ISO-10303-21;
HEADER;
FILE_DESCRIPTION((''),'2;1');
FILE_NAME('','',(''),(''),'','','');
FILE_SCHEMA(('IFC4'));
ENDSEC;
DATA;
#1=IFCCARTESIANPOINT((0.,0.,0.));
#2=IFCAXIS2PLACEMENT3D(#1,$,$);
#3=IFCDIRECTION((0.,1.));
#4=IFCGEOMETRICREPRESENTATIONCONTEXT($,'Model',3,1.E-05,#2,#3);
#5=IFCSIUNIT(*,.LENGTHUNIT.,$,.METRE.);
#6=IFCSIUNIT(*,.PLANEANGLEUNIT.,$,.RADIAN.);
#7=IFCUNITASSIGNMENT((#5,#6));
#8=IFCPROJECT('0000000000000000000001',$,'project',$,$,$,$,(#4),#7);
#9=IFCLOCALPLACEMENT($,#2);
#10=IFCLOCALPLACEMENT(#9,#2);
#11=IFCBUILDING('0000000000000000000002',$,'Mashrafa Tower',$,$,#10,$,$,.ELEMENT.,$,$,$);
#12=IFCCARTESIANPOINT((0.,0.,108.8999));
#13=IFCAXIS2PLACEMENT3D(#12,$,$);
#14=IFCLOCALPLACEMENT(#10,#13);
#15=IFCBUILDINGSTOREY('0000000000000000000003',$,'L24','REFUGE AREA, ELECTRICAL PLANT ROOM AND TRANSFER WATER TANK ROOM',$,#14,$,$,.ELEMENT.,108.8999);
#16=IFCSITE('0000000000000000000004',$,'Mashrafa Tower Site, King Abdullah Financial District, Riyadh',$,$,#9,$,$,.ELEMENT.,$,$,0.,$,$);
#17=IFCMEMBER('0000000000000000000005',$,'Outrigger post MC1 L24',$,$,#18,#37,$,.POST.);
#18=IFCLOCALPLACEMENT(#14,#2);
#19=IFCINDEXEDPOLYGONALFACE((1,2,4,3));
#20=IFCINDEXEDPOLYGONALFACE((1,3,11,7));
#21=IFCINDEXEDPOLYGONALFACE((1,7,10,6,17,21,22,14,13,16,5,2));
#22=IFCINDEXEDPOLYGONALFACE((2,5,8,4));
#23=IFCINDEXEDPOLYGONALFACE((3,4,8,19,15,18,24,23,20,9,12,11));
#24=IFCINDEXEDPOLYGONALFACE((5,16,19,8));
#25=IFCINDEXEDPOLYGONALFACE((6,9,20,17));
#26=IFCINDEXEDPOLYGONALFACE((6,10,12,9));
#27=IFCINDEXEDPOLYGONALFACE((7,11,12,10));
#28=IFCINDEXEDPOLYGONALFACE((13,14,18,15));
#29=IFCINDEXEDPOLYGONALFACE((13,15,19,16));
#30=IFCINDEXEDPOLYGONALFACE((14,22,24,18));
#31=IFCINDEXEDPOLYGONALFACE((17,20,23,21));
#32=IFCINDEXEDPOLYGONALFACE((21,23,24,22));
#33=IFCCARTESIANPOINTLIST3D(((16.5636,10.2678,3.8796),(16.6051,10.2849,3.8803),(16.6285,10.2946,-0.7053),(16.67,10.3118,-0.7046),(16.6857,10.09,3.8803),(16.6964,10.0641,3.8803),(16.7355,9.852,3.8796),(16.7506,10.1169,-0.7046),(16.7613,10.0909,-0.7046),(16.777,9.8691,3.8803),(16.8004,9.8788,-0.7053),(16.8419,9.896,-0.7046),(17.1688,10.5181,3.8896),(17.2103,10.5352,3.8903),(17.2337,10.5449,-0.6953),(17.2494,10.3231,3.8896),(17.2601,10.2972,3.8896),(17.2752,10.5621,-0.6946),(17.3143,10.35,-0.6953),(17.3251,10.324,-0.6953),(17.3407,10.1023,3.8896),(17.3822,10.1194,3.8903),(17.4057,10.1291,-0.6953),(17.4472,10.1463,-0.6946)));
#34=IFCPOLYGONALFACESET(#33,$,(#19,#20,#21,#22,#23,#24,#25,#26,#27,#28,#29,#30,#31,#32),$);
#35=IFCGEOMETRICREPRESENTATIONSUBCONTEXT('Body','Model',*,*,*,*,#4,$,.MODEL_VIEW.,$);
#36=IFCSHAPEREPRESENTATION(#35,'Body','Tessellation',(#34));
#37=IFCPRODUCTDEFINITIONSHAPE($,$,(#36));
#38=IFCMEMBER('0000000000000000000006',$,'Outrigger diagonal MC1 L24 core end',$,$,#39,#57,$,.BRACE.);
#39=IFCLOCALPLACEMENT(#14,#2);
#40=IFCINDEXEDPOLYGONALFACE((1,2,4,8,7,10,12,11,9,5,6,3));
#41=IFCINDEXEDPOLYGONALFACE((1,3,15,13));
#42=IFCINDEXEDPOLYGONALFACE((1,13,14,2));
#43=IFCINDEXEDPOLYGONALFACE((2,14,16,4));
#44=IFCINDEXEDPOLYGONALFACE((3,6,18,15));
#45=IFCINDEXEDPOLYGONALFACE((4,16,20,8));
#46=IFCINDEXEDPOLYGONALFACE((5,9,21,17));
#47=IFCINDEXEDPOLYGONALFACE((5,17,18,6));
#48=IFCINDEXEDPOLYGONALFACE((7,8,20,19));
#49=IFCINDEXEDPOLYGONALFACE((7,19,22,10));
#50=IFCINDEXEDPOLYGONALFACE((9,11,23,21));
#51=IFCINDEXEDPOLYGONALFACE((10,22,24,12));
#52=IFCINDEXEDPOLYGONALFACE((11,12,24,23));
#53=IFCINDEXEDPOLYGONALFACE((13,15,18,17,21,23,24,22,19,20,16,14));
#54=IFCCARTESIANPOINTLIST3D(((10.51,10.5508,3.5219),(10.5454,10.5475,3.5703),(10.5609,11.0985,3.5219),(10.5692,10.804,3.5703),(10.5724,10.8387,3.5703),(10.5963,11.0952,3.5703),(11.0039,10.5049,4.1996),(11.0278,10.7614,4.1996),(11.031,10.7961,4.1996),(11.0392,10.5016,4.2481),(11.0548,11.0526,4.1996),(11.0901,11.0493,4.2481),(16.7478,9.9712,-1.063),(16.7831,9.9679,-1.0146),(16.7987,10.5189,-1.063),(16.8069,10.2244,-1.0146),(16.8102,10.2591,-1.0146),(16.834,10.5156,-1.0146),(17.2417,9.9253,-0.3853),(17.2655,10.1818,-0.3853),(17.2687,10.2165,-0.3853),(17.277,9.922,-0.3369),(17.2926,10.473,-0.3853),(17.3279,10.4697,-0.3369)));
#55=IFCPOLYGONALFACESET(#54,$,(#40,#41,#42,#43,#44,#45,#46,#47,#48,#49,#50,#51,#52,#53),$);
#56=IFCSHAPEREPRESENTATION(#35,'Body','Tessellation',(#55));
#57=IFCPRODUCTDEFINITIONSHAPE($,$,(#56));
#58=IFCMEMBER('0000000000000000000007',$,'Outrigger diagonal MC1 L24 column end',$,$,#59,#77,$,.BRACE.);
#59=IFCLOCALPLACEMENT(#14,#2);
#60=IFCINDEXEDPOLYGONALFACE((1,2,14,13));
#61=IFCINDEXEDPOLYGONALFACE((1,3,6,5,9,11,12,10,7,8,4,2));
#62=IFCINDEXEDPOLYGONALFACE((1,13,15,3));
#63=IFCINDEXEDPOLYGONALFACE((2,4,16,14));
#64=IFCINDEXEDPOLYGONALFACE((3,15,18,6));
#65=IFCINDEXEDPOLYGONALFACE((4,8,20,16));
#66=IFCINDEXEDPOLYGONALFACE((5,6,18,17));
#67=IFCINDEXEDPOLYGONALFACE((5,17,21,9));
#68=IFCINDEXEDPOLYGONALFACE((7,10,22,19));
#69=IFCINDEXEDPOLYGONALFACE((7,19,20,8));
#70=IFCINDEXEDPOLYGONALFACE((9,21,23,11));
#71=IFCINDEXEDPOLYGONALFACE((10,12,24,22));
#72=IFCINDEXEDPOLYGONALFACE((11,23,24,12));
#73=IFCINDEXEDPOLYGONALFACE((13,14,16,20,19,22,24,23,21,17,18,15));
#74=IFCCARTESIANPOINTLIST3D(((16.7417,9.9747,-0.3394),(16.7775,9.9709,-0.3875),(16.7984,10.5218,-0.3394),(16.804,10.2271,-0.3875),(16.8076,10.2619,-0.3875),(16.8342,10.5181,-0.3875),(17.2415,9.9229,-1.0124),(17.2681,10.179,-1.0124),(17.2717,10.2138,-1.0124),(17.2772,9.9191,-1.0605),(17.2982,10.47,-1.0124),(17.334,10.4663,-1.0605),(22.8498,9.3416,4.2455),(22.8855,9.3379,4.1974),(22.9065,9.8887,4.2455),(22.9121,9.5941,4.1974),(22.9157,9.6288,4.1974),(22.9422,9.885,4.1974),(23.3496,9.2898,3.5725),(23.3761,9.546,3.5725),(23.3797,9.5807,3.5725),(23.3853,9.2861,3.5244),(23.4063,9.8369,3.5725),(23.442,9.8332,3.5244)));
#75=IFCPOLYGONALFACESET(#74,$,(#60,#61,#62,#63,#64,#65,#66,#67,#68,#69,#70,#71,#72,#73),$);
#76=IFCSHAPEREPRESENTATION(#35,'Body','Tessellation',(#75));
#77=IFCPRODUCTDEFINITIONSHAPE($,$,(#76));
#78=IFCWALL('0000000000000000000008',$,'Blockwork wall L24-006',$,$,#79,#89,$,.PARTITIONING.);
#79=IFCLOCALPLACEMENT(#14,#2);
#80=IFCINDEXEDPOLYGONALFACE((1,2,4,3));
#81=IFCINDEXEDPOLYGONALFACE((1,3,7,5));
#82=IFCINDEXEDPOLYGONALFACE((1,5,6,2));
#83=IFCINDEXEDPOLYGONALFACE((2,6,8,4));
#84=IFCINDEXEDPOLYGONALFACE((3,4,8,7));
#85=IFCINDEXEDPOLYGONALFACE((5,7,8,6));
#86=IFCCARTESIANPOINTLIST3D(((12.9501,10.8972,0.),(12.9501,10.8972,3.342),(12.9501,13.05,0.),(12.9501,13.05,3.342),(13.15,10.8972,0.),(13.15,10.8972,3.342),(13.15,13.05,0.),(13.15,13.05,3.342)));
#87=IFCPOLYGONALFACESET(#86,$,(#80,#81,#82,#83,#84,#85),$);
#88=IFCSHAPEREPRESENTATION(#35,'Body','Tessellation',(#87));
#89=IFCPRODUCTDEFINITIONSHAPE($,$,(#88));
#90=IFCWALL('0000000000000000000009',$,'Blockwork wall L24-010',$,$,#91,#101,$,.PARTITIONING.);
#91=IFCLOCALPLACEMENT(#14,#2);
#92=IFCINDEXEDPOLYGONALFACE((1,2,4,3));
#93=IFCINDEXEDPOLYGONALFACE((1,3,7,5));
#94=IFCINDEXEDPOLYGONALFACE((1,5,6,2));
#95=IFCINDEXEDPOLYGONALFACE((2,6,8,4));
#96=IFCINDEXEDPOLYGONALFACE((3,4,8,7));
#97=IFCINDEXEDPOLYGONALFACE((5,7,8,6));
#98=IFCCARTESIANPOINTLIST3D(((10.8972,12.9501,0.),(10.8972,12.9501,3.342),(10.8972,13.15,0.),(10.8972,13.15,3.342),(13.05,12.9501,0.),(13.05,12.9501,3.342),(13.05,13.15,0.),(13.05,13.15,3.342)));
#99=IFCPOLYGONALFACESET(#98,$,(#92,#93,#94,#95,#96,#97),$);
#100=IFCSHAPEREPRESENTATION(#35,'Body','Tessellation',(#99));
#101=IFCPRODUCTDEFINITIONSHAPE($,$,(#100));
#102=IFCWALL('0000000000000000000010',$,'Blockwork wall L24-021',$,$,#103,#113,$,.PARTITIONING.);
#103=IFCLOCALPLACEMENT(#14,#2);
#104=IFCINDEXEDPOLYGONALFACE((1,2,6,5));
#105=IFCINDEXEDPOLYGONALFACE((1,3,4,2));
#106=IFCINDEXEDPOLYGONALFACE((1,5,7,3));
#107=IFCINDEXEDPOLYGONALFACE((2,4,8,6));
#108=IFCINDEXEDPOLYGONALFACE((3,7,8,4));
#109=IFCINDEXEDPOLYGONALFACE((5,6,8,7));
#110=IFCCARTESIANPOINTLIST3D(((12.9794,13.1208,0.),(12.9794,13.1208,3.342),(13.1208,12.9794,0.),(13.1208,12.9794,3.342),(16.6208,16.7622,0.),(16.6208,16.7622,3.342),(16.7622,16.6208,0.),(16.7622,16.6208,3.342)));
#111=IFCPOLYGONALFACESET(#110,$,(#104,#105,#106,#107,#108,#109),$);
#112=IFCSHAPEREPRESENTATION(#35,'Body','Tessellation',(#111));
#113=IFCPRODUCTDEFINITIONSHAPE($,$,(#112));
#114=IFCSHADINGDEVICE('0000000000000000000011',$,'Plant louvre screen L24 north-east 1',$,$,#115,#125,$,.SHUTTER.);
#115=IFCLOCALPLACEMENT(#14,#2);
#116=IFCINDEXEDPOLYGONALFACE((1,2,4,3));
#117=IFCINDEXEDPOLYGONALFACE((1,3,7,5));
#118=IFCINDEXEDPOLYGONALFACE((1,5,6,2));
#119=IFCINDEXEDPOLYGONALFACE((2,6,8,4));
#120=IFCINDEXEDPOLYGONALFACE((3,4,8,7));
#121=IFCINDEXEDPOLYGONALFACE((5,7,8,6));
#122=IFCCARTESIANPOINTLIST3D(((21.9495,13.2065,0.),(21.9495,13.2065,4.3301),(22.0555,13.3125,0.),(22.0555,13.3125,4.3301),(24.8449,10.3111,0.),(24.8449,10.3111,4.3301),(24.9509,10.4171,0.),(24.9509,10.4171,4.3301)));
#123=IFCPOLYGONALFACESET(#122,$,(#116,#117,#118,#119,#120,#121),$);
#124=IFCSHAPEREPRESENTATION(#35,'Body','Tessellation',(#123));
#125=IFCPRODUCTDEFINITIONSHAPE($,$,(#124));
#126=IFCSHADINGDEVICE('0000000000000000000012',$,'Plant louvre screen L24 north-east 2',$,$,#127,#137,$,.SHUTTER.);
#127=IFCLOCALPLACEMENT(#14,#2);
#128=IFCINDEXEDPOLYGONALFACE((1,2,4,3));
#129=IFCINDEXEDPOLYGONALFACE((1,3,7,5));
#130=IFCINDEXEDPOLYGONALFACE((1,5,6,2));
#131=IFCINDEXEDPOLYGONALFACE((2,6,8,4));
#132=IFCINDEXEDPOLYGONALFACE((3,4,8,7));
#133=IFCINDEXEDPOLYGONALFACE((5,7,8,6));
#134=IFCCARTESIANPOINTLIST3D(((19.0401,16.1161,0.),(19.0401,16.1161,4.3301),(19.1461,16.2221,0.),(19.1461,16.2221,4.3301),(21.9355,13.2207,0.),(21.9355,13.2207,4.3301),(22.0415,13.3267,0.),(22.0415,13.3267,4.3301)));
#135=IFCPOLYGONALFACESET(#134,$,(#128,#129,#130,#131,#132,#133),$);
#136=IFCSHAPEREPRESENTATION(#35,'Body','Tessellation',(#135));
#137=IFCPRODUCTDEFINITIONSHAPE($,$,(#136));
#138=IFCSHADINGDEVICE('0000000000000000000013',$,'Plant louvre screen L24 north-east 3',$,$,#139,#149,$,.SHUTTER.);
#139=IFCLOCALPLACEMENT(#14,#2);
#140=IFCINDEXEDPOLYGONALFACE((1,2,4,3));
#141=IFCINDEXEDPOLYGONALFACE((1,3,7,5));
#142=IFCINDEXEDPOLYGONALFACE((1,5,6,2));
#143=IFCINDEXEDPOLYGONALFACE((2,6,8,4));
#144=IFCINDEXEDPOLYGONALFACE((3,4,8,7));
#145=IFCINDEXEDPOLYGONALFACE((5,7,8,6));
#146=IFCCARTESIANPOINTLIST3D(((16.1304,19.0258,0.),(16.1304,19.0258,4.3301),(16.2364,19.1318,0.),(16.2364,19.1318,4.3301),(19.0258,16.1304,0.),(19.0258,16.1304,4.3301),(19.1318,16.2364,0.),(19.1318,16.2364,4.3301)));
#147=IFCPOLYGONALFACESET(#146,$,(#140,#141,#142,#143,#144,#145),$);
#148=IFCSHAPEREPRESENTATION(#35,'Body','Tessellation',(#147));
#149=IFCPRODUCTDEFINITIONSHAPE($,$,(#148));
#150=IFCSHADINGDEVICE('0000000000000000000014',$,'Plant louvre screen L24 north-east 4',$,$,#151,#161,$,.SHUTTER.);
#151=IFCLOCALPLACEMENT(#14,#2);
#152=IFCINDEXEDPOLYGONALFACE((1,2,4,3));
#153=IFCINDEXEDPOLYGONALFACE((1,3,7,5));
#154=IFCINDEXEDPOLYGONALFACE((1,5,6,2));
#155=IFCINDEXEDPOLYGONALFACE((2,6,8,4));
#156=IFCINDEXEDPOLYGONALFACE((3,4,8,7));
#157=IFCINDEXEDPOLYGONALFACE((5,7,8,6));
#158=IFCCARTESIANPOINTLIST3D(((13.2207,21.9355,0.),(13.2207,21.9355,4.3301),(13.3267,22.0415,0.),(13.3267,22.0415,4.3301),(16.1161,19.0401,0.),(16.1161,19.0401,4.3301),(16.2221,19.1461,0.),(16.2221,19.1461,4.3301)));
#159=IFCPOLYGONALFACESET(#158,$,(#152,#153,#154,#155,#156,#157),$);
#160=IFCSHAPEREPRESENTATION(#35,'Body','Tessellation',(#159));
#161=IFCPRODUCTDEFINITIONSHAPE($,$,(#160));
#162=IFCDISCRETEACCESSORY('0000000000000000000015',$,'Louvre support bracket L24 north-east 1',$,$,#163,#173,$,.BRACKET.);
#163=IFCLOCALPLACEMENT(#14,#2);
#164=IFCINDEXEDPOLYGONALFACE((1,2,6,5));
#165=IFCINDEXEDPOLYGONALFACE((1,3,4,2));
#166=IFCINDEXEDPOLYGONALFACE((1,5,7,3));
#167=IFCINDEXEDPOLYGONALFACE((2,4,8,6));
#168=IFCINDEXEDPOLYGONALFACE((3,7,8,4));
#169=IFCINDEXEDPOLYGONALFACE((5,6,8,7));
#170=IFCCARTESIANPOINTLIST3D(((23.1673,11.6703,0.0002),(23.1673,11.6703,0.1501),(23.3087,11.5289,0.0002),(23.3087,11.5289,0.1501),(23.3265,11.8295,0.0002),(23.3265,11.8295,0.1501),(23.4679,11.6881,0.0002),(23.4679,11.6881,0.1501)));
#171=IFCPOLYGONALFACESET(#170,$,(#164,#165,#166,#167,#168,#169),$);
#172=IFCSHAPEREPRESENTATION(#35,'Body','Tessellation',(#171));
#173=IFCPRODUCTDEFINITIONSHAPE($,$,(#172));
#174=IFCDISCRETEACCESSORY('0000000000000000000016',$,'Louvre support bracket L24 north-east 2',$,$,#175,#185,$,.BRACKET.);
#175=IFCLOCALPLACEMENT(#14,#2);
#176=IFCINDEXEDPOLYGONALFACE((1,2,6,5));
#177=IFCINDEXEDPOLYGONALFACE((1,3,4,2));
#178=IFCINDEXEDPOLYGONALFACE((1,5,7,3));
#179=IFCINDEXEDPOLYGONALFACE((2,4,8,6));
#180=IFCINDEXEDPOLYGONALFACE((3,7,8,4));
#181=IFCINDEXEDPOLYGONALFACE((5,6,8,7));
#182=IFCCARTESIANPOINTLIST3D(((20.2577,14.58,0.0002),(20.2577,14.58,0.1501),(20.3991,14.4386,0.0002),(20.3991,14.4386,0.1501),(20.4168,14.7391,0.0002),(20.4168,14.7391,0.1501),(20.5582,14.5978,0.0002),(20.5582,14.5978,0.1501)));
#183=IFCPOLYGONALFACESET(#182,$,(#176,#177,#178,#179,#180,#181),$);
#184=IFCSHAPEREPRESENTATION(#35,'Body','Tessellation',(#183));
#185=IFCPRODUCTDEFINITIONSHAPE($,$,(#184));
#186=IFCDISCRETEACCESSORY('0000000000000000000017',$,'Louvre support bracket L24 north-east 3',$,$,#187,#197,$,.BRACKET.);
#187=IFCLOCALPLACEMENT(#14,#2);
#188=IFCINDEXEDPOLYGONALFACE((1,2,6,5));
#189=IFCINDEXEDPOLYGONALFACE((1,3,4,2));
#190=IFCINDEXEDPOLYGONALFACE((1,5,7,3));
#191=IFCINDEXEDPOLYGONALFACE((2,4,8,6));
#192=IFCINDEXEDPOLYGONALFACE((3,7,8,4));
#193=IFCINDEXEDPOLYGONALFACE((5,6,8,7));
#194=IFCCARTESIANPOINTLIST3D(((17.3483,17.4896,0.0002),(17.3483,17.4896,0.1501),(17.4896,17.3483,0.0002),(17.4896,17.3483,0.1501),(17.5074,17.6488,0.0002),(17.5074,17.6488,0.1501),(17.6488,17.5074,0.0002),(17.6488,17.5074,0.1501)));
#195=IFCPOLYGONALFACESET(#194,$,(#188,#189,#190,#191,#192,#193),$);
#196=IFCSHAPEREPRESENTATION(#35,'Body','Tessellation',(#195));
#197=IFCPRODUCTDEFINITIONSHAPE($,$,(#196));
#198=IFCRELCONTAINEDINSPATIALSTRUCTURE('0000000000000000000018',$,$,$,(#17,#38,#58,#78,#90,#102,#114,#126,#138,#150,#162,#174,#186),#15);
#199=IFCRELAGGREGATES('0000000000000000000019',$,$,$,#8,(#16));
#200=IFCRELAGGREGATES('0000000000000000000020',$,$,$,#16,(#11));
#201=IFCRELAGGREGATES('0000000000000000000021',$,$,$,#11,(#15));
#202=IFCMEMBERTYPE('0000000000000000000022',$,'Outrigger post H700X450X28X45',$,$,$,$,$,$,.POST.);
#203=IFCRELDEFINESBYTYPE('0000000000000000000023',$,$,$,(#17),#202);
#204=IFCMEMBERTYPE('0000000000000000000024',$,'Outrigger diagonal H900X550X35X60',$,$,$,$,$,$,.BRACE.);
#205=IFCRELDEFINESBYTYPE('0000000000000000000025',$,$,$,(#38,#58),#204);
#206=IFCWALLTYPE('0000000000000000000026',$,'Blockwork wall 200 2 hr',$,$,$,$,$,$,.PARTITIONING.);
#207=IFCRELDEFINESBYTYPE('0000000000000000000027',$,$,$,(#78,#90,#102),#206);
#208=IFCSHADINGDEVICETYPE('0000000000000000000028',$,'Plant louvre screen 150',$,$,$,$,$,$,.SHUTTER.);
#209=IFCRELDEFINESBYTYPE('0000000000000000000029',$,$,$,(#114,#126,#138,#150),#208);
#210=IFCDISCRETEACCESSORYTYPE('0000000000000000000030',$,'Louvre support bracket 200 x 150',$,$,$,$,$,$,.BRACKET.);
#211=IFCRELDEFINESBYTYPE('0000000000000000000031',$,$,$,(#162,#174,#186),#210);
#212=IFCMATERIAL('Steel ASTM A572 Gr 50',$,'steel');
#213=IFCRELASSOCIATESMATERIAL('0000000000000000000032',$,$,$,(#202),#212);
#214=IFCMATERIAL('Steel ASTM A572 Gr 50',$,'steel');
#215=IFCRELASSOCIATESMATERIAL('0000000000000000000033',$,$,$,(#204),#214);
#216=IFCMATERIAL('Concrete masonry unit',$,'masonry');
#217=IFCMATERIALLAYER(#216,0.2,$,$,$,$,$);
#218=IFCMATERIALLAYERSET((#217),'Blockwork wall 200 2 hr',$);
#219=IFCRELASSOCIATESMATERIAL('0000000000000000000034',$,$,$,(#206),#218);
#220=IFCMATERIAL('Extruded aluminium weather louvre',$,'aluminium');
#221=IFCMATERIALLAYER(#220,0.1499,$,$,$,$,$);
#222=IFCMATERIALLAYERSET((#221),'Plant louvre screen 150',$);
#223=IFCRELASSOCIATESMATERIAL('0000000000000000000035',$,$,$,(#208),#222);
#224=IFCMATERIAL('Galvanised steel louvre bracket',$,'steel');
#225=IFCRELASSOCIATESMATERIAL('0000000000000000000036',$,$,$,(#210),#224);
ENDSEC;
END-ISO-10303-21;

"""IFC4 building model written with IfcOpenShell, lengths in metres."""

from ifc_helpers import new_model, si_unit, direction, frame, frame_2d, origin, origin_2d, place, context, subcontext, project, spatial, rectangle, i_section, extrude, source, transform, mapped, material, layer, layer_set, material_profile, profile_set, type_object, type_shapes, element, save


model = new_model("IFC4")

# Units and contexts
model_context = context("Model", 3, precision=1e-05, world=origin(), true_north=direction((0.0, 1.0)))
body_context = subcontext(model_context, "Body", "Model", "MODEL_VIEW")
ifc_project = project(units=[si_unit("LENGTHUNIT", "METRE"), si_unit("PLANEANGLEUNIT", "RADIAN")], contexts=[model_context])

# Site, building, storey
site_placement = place(None, origin())
site = spatial("IfcSite", under=ifc_project, at=site_placement, Name="Mashrafa Tower Site, King Abdullah Financial District, Riyadh", CompositionType="ELEMENT", RefElevation=0.0)
building_placement = place(site_placement, origin())
building = spatial("IfcBuilding", under=site, at=building_placement, Name="Mashrafa Tower", CompositionType="ELEMENT")
storey_placement = place(building_placement, frame((0.0, 0.0, 108.8999)))
storey = spatial("IfcBuildingStorey", under=building, at=storey_placement, Name="L24", Description="REFUGE AREA, ELECTRICAL PLANT ROOM AND TRANSFER WATER TANK ROOM", CompositionType="ELEMENT", Elevation=108.8999)

# Members
ifc_material_1 = material(Name="Steel ASTM A572 Gr 50", Category="steel")
ifc_material_profile_1 = material_profile(ifc_material_1, i_section(OverallWidth=0.45, OverallDepth=0.7, WebThickness=0.0281, FlangeThickness=0.0449, at=origin_2d()), Name="H700X450X28X45")
ifc_profile_set_1 = profile_set([ifc_material_profile_1], Name="Steel ASTM A572 Gr 50")
member_type_1 = type_object("IfcMemberType", Name="Outrigger post H700X450X28X45", PredefinedType="POST", material=ifc_profile_set_1)
shared_shape_1 = source(origin(), body_context, "Body", "SweptSolid", [
    extrude(i_section(OverallWidth=0.45, OverallDepth=0.7, WebThickness=0.0281, FlangeThickness=0.0449, at=origin_2d()), origin(), (0.0, 0.0, 1.0), 4.5854),
])
type_shapes(member_type_1, [shared_shape_1])
member_1_placement = place(storey_placement, frame((17.0378, 10.2205, -0.7), z_axis=(-0.014162, -0.005857, 0.999883), x_axis=(0.382147, -0.924101, 0.0)))
element("IfcMember", 1, at=member_1_placement, inside=storey, type_object=member_type_1, Name="Outrigger post MC1 L24", PredefinedType="POST", context=body_context, shape_type="MappedRepresentation", body=[
    mapped(shared_shape_1, transform((0.0, 0.0, 0.0))),
])
ifc_material_2 = material(Name="Steel ASTM A572 Gr 50", Category="steel")
ifc_material_profile_2 = material_profile(ifc_material_2, i_section(OverallWidth=0.55, OverallDepth=0.8999, WebThickness=0.0349, FlangeThickness=0.0601, at=origin_2d()), Name="H900X550X35X60")
ifc_profile_set_2 = profile_set([ifc_material_profile_2], Name="Steel ASTM A572 Gr 50")
member_type_2 = type_object("IfcMemberType", Name="Outrigger diagonal H900X550X35X60", PredefinedType="BRACE", material=ifc_profile_set_2)
shared_shape_2 = source(origin(), body_context, "Body", "SweptSolid", [
    extrude(i_section(OverallWidth=0.55, OverallDepth=0.8999, WebThickness=0.0349, FlangeThickness=0.0601, at=origin_2d()), origin(), (0.0, 0.0, 1.0), 7.7632),
])
member_2_placement = place(storey_placement, frame((17.0378, 10.2205, -0.7), z_axis=(-0.803504, 0.074658, 0.590599), x_axis=(-0.092517, -0.995711, 0.0)))
element("IfcMember", 2, at=member_2_placement, inside=storey, type_object=member_type_2, Name="Outrigger diagonal MC1 L24 core end", PredefinedType="BRACE", context=body_context, shape_type="MappedRepresentation", body=[
    mapped(shared_shape_2, transform((0.0, 0.0, 0.0))),
])
shared_shape_3 = source(origin(), body_context, "Body", "SweptSolid", [
    extrude(i_section(OverallWidth=0.55, OverallDepth=0.8999, WebThickness=0.0349, FlangeThickness=0.0601, at=origin_2d()), origin(), (0.0, 0.0, 1.0), 7.6636),
])
type_shapes(member_type_2, [shared_shape_2, shared_shape_3])
member_3_placement = place(storey_placement, frame((17.0378, 10.2205, -0.7), z_axis=(0.797025, -0.082605, 0.598271), x_axis=(0.103089, 0.994672, 0.0)))
element("IfcMember", 3, at=member_3_placement, inside=storey, type_object=member_type_2, Name="Outrigger diagonal MC1 L24 column end", PredefinedType="BRACE", context=body_context, shape_type="MappedRepresentation", body=[
    mapped(shared_shape_3, transform((0.0, 0.0, 0.0))),
])

# Walls
ifc_material_3 = material(Name="Concrete masonry unit", Category="masonry")
ifc_layer_1 = layer(ifc_material_3, 0.2)
ifc_layer_set_1 = layer_set([ifc_layer_1], Name="Blockwork wall 200 2 hr")
wall_type = type_object("IfcWallType", Name="Blockwork wall 200 2 hr", PredefinedType="PARTITIONING", material=ifc_layer_set_1)
for number, where, z_axis, x_axis, name in (
    (4, (13.05, 10.8972, 0.0), (0.0, 0.0, 1.0), (0.0, 1.0, 0.0), "Blockwork wall L24-006"),
    (5, (13.05, 13.05, 0.0), (0.0, 0.0, 1.0), (-1.0, 0.0, 0.0), "Blockwork wall L24-010"),
):
    element("IfcWall", number, at=place(storey_placement, frame(where, z_axis=z_axis, x_axis=x_axis)), inside=storey, type_object=wall_type, Name=name, PredefinedType="PARTITIONING", context=body_context, shape_type="SweptSolid", body=[
        extrude(rectangle(XDim=2.1528, YDim=0.2, at=frame_2d((1.0764, 0.0))), origin(), (0.0, 0.0, 1.0), 3.342),
    ])
wall_placement = place(storey_placement, frame((16.6914, 16.6914, 0.0), z_axis=(0.0, 0.0, 1.0), x_axis=(-0.707107, -0.707107, 0.0)))
element("IfcWall", 6, at=wall_placement, inside=storey, type_object=wall_type, Name="Blockwork wall L24-021", PredefinedType="PARTITIONING", context=body_context, shape_type="SweptSolid", body=[
    extrude(rectangle(XDim=5.1497, YDim=0.2, at=frame_2d((2.5747, 0.0))), origin(), (0.0, 0.0, 1.0), 3.342),
])

# Shading devices
ifc_material_4 = material(Name="Extruded aluminium weather louvre", Category="aluminium")
ifc_layer_2 = layer(ifc_material_4, 0.1499)
ifc_layer_set_2 = layer_set([ifc_layer_2], Name="Plant louvre screen 150")
shading_device_type = type_object("IfcShadingDeviceType", Name="Plant louvre screen 150", PredefinedType="SHUTTER", material=ifc_layer_set_2)
shared_shape_4 = source(origin(), body_context, "Body", "SweptSolid", [
    extrude(rectangle(XDim=4.0947, YDim=0.1499, at=origin_2d()), origin(), (0.0, 0.0, 1.0), 4.3301),
])
type_shapes(shading_device_type, [shared_shape_4])
for number, where, z_axis, x_axis, name in (
    (7, (23.4502, 11.8118, 0.0), (0.0, 0.0, 1.0), (-0.707107, 0.707107, 0.0), "Plant louvre screen L24 north-east 1"),
    (8, (20.5408, 14.7214, 0.0), (0.0, 0.0, 1.0), (-0.707107, 0.707107, 0.0), "Plant louvre screen L24 north-east 2"),
    (9, (17.6311, 17.6311, 0.0), (0.0, 0.0, 1.0), (-0.707107, 0.707107, 0.0), "Plant louvre screen L24 north-east 3"),
    (10, (14.7214, 20.5408, 0.0), (0.0, 0.0, 1.0), (-0.707107, 0.707107, 0.0), "Plant louvre screen L24 north-east 4"),
):
    element("IfcShadingDevice", number, at=place(storey_placement, frame(where, z_axis=z_axis, x_axis=x_axis)), inside=storey, type_object=shading_device_type, Name=name, PredefinedType="SHUTTER", context=body_context, shape_type="MappedRepresentation", body=[
        mapped(shared_shape_4, transform((0.0, 0.0, 0.0))),
    ])

# Discrete accessories
ifc_material_5 = material(Name="Galvanised steel louvre bracket", Category="steel")
discrete_accessory_type = type_object("IfcDiscreteAccessoryType", Name="Louvre support bracket 200 x 150", PredefinedType="BRACKET", material=ifc_material_5)
shared_shape_5 = source(origin(), body_context, "Body", "SweptSolid", [
    extrude(rectangle(XDim=0.2, YDim=0.2251, at=origin_2d()), origin(), (0.0, 0.0, 1.0), 0.1499),
])
type_shapes(discrete_accessory_type, [shared_shape_5])
for number, where, z_axis, x_axis, name in (
    (11, (23.3176, 11.6792, 0.0002), (0.0, 0.0, 1.0), (-0.707107, 0.707107, 0.0), "Louvre support bracket L24 north-east 1"),
    (12, (20.408, 14.5889, 0.0002), (0.0, 0.0, 1.0), (-0.707107, 0.707107, 0.0), "Louvre support bracket L24 north-east 2"),
    (13, (17.4985, 17.4985, 0.0002), (0.0, 0.0, 1.0), (-0.707107, 0.707107, 0.0), "Louvre support bracket L24 north-east 3"),
):
    element("IfcDiscreteAccessory", number, at=place(storey_placement, frame(where, z_axis=z_axis, x_axis=x_axis)), inside=storey, type_object=discrete_accessory_type, Name=name, PredefinedType="BRACKET", context=body_context, shape_type="MappedRepresentation", body=[
        mapped(shared_shape_5, transform((0.0, 0.0, 0.0))),
    ])

save(model, "model.ifc")
